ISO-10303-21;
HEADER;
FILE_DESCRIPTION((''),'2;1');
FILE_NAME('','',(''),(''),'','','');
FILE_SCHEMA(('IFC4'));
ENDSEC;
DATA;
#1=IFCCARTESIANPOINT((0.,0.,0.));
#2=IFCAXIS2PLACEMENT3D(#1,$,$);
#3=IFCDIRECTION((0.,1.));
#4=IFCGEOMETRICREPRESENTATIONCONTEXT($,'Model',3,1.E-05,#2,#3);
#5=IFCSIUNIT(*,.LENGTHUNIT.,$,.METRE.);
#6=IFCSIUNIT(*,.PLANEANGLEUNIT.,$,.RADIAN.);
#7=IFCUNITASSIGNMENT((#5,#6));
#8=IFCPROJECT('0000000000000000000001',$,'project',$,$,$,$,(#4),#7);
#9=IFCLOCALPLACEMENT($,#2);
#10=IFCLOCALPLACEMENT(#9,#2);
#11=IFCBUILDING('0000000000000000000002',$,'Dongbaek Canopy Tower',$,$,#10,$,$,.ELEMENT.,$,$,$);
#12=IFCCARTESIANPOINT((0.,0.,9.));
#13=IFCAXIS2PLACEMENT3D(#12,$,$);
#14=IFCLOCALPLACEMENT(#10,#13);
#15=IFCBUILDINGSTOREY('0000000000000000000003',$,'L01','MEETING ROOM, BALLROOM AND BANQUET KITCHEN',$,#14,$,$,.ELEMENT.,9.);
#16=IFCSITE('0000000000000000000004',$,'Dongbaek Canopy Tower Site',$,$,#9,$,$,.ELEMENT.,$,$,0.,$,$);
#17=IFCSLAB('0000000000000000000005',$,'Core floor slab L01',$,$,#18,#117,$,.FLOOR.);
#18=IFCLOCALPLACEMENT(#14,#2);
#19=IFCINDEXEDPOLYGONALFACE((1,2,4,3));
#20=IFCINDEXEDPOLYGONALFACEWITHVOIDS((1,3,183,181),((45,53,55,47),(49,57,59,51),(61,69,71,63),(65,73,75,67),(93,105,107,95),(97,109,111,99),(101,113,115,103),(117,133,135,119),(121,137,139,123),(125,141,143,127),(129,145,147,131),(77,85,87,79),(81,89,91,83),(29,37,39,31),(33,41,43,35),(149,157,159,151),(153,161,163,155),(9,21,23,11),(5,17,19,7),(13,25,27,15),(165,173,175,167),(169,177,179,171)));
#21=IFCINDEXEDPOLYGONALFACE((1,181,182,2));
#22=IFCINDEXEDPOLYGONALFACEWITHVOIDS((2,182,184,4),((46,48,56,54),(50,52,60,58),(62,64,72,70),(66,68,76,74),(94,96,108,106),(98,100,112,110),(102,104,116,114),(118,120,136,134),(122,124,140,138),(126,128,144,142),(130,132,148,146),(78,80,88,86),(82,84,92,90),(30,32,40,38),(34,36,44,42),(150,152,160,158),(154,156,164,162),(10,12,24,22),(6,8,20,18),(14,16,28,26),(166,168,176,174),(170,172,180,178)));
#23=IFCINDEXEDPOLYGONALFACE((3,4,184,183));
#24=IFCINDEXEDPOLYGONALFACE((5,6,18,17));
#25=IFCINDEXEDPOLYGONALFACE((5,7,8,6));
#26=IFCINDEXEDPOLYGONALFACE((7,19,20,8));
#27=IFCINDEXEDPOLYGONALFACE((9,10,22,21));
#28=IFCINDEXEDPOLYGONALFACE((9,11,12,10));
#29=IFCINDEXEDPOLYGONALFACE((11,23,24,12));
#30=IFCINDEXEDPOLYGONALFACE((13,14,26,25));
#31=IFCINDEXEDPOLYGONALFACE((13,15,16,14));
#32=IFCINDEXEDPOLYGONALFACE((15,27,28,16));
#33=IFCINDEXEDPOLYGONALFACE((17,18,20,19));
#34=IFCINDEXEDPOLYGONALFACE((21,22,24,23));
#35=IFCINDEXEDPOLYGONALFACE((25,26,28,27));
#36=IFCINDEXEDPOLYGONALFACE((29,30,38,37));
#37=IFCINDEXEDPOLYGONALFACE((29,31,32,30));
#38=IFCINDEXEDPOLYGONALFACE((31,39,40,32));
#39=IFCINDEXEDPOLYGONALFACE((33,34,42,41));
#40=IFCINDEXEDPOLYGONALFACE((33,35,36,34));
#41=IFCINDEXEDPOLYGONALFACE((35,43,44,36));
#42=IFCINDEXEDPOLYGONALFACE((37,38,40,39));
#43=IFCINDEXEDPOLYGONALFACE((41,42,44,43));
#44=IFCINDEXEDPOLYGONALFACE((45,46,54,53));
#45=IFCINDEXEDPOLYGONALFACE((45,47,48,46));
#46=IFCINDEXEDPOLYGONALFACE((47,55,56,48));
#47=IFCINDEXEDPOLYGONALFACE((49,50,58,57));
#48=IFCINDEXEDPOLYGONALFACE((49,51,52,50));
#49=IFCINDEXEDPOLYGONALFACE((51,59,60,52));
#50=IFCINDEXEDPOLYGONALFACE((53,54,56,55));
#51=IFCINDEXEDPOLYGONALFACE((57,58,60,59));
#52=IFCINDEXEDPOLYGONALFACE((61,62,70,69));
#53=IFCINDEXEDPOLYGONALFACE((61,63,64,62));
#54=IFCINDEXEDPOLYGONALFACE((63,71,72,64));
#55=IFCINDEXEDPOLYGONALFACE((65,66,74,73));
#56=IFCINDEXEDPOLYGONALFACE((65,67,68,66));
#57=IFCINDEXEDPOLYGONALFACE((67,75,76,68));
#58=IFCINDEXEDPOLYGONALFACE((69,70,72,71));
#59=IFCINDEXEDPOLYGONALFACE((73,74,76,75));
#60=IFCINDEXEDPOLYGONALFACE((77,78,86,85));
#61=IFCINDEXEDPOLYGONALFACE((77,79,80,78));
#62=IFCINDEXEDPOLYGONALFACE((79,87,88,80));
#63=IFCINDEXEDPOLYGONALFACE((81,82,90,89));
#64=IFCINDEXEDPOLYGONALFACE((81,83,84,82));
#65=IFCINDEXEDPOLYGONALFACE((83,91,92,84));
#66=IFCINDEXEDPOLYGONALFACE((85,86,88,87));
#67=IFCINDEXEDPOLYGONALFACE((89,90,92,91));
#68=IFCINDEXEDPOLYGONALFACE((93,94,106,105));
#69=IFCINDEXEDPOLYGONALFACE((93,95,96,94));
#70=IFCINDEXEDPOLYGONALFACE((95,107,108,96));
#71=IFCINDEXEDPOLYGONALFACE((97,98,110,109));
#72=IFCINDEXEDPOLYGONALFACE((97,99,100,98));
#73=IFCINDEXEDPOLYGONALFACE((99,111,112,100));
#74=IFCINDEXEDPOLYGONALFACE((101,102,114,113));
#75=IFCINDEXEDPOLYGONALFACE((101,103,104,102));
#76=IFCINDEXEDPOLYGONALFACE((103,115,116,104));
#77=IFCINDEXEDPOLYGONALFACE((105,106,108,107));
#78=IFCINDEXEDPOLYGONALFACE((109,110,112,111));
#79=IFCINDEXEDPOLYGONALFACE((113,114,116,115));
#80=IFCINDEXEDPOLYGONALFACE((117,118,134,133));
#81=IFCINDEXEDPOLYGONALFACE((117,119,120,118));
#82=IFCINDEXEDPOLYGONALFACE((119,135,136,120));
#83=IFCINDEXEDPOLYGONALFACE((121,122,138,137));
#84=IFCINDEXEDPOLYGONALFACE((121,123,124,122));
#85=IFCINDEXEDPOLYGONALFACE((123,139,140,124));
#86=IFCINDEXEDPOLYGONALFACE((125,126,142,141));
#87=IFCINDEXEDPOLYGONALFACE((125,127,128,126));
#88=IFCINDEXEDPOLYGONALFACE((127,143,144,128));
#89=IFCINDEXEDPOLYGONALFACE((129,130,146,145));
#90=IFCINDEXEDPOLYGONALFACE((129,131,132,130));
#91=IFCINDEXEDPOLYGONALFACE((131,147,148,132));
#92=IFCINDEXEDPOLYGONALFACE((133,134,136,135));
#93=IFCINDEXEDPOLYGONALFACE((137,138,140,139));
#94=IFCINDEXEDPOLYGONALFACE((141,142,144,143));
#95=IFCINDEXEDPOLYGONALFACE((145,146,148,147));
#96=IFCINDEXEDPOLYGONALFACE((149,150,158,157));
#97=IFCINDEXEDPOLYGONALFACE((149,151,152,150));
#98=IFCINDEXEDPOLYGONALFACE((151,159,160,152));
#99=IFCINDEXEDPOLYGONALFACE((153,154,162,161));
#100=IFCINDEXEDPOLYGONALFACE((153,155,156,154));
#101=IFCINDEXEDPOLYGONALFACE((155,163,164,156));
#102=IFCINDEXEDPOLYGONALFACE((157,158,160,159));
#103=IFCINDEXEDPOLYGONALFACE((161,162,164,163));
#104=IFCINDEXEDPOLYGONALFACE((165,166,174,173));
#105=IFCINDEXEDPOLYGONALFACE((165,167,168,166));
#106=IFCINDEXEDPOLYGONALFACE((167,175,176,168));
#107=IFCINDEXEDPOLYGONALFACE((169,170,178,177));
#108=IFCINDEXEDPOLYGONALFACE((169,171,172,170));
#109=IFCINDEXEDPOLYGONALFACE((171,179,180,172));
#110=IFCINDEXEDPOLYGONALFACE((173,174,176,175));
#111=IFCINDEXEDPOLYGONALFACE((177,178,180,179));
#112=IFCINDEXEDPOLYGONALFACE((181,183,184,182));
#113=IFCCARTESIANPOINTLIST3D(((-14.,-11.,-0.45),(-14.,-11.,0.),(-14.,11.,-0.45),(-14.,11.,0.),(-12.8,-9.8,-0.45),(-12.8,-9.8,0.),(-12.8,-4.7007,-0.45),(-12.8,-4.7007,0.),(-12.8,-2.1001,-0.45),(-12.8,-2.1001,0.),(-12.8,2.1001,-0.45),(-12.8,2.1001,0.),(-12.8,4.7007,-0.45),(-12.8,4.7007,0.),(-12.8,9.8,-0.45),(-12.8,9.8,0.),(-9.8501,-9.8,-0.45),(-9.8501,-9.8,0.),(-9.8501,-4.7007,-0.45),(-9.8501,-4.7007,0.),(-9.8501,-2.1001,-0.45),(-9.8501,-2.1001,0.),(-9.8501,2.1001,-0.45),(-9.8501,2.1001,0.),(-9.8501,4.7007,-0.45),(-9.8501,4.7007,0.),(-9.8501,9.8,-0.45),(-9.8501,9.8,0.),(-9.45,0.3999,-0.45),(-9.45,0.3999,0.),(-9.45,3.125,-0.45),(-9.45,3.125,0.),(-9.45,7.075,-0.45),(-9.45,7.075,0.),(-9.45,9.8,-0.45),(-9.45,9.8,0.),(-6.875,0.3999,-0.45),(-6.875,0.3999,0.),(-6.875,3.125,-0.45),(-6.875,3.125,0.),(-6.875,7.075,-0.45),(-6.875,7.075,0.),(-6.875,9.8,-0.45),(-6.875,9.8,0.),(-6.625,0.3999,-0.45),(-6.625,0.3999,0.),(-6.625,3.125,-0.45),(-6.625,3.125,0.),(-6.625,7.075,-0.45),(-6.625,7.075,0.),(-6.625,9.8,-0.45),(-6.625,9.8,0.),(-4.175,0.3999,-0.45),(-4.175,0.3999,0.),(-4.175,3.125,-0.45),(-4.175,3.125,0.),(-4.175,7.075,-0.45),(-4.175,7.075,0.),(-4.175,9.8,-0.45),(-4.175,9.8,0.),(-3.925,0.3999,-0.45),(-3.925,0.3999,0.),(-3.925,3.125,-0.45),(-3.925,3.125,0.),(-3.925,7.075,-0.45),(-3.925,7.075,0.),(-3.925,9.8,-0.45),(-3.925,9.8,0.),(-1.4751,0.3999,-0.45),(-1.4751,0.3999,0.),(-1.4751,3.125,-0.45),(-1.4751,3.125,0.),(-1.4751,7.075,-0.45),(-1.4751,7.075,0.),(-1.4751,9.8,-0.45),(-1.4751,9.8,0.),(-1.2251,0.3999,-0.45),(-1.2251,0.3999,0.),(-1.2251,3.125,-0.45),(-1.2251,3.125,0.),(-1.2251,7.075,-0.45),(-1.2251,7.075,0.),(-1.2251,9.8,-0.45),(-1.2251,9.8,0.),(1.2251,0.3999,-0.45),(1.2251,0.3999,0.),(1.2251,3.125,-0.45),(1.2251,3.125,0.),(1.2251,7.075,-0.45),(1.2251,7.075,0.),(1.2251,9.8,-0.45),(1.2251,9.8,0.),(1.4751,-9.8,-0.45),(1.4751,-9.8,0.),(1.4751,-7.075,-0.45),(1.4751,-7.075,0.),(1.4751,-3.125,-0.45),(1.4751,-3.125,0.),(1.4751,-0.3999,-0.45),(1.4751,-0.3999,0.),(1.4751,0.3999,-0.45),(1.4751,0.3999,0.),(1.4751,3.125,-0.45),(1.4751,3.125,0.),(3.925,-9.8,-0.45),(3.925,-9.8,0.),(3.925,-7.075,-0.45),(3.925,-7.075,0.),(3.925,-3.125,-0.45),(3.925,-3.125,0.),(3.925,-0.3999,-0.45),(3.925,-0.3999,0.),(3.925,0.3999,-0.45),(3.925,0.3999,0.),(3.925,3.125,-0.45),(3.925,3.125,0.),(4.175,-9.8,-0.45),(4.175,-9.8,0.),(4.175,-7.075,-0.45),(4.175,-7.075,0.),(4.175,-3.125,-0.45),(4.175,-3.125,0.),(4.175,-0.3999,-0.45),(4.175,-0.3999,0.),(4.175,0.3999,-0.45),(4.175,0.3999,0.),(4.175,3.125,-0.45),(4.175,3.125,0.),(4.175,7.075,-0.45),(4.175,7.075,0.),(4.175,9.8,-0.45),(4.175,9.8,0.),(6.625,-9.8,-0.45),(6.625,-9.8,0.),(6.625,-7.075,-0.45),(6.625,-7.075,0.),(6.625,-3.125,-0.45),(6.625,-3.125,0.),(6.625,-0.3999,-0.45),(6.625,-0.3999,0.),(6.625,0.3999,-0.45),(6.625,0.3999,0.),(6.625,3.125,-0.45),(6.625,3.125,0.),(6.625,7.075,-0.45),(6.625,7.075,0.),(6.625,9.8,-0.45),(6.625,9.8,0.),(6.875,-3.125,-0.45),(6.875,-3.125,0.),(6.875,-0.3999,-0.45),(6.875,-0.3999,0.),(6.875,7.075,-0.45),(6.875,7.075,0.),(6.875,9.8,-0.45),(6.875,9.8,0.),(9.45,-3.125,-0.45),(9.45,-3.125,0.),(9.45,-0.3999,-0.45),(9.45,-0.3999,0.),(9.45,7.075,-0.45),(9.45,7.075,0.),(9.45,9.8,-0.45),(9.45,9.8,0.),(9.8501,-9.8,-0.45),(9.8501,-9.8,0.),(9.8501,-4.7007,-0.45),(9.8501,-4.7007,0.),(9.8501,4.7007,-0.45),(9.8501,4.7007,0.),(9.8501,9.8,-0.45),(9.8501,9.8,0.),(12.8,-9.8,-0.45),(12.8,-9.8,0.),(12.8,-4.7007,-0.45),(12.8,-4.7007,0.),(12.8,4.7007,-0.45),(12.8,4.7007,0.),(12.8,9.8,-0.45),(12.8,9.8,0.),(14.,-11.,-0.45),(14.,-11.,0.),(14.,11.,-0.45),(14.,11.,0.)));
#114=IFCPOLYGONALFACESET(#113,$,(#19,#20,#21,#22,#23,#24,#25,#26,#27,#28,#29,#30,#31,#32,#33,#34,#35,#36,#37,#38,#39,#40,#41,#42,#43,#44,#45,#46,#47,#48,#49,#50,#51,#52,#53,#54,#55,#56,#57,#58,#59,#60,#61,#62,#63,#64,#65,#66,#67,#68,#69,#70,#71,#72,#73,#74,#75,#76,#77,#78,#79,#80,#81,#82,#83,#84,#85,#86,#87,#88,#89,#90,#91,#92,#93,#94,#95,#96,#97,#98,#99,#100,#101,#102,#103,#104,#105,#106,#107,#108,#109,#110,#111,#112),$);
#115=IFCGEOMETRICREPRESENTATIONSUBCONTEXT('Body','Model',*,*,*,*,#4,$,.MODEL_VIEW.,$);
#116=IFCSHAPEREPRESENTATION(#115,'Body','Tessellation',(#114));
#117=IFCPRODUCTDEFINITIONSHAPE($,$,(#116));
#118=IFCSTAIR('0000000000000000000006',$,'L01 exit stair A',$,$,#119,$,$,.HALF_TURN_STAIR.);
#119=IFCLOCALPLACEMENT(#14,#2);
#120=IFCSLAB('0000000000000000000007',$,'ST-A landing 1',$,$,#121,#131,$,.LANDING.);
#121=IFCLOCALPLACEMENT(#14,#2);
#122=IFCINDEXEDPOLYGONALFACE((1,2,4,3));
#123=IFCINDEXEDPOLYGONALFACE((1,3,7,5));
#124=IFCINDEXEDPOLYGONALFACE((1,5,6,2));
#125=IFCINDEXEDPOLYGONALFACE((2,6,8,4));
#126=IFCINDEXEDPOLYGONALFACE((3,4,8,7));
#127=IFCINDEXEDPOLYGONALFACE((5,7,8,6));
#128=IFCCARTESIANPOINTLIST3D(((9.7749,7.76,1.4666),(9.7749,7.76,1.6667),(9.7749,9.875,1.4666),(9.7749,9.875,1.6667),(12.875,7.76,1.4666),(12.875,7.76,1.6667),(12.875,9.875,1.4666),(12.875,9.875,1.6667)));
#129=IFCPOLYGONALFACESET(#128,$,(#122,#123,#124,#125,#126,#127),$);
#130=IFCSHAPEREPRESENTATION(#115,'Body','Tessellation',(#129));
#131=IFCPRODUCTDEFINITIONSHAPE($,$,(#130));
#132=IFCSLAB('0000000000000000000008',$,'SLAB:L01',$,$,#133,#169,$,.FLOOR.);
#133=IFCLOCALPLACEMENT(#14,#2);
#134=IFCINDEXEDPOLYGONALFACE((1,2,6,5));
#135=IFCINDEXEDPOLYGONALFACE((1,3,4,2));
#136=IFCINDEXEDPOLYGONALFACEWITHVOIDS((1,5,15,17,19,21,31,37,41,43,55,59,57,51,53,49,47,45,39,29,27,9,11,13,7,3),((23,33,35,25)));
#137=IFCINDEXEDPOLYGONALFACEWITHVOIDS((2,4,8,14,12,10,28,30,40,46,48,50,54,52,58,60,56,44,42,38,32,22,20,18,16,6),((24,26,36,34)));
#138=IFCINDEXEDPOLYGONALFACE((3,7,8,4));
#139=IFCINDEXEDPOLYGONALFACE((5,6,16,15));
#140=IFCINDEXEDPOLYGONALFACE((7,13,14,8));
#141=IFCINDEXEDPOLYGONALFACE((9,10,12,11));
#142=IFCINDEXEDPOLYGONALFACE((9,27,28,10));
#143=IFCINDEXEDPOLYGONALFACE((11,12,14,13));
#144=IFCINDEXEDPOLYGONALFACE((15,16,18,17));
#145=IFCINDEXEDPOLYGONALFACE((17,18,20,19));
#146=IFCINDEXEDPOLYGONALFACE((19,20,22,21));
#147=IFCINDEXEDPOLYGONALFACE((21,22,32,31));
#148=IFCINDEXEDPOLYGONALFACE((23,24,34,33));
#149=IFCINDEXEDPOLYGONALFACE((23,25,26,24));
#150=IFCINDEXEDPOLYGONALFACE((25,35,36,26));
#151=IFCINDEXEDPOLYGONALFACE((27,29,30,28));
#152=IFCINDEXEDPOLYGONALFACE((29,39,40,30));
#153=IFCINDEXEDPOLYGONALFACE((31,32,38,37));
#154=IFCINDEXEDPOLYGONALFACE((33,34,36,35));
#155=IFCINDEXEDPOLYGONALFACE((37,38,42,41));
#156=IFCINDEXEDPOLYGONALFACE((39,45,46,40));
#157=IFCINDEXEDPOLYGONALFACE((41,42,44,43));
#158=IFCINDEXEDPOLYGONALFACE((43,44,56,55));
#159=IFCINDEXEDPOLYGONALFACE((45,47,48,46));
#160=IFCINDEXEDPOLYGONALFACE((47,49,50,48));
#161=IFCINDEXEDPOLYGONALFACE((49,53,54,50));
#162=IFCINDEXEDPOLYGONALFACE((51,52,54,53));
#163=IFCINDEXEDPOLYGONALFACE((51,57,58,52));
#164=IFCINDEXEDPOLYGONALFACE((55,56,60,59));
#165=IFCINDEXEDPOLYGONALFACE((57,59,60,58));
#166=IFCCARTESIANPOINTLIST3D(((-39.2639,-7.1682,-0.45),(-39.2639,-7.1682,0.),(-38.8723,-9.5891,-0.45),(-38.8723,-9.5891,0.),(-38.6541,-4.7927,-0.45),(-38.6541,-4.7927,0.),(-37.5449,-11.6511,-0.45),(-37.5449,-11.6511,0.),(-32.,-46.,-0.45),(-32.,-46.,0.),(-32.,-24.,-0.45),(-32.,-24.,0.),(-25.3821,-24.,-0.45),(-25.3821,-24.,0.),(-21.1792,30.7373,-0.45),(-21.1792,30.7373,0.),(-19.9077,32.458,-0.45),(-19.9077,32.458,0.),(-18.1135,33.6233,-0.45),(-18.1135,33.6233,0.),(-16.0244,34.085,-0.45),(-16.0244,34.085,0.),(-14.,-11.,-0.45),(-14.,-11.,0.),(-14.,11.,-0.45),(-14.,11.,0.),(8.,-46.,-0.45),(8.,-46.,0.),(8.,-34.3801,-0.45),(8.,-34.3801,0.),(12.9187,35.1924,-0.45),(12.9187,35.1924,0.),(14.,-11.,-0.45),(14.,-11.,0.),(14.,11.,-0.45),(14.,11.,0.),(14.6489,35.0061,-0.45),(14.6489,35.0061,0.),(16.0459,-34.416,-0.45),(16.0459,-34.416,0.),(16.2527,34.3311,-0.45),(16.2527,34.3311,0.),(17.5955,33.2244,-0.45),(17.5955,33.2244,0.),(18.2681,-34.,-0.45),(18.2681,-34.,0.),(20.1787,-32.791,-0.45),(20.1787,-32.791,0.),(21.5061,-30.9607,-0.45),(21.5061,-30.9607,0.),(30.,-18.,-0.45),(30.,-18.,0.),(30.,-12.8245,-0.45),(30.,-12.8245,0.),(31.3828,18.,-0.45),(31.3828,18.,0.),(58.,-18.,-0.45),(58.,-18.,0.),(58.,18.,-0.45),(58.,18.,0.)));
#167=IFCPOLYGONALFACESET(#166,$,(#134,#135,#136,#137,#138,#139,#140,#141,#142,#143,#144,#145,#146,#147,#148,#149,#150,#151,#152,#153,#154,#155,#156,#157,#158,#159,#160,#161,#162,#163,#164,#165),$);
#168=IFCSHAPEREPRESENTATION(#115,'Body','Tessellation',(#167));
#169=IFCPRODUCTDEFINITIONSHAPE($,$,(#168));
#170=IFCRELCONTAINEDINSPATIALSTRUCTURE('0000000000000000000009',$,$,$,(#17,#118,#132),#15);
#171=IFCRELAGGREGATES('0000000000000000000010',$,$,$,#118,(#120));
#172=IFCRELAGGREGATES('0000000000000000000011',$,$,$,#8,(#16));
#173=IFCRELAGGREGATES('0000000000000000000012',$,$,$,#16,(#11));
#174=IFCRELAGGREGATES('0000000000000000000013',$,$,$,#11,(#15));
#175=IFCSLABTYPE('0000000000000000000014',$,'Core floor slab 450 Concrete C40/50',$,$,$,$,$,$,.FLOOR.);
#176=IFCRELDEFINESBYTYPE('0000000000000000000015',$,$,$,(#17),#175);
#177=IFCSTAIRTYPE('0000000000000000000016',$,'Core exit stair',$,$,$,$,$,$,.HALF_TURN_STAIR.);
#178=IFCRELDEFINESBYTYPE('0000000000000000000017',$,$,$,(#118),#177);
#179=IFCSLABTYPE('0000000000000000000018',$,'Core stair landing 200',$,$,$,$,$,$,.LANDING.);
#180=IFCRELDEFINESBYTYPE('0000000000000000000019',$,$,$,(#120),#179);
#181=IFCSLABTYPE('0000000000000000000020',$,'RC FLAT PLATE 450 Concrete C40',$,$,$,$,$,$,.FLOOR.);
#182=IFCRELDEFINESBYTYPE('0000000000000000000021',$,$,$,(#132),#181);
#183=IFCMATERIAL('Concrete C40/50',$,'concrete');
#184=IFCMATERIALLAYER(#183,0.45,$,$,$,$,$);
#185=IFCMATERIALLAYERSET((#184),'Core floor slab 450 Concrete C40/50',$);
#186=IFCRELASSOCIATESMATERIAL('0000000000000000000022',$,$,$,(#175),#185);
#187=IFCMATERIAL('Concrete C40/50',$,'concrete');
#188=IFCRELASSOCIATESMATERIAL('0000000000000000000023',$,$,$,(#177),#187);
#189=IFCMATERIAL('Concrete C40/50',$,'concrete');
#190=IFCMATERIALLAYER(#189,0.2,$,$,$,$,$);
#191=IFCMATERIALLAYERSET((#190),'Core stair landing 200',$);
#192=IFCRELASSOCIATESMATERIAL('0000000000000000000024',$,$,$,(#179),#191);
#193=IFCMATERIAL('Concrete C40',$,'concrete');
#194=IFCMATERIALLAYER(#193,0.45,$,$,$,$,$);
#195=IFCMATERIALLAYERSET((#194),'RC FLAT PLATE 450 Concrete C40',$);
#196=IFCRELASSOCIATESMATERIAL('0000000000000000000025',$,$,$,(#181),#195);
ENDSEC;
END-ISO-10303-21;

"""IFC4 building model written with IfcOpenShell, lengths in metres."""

from ifc_helpers import new_model, si_unit, direction, frame, origin, place, context, subcontext, project, spatial, polyline, outline, extrude, material, layer, layer_set, type_object, element, aggregate, save


model = new_model("IFC4")

# Units and contexts
model_context = context("Model", 3, precision=1e-05, world=origin(), true_north=direction((0.0, 1.0)))
body_context = subcontext(model_context, "Body", "Model", "MODEL_VIEW")
ifc_project = project(units=[si_unit("LENGTHUNIT", "METRE"), si_unit("PLANEANGLEUNIT", "RADIAN")], contexts=[model_context])

# Site, building, storey
site_placement = place(None, origin())
site = spatial("IfcSite", under=ifc_project, at=site_placement, Name="Dongbaek Canopy Tower Site", CompositionType="ELEMENT", RefElevation=0.0)
building_placement = place(site_placement, origin())
building = spatial("IfcBuilding", under=site, at=building_placement, Name="Dongbaek Canopy Tower", CompositionType="ELEMENT")
storey_placement = place(building_placement, frame((0.0, 0.0, 9.0)))
storey = spatial("IfcBuildingStorey", under=building, at=storey_placement, Name="L01", Description="MEETING ROOM, BALLROOM AND BANQUET KITCHEN", CompositionType="ELEMENT", Elevation=9.0)

# Slab
ifc_material_1 = material(Name="Concrete C40/50", Category="concrete")
ifc_layer_1 = layer(ifc_material_1, 0.45)
ifc_layer_set_1 = layer_set([ifc_layer_1], Name="Core floor slab 450 Concrete C40/50")
slab_type_1 = type_object("IfcSlabType", Name="Core floor slab 450 Concrete C40/50", PredefinedType="FLOOR", material=ifc_layer_set_1)
slab_1_placement = place(storey_placement, frame((0.0, 0.0, -0.45)))
element("IfcSlab", 1, at=slab_1_placement, inside=storey, type_object=slab_type_1, Name="Core floor slab L01", PredefinedType="FLOOR", context=body_context, shape_type="SweptSolid", body=[
    extrude(outline(polyline([(14.0, -11.0), (14.0, 11.0), (-14.0, 11.0), (-14.0, -11.0), (14.0, -11.0)]), holes=[polyline([(-12.8, 2.1001), (-9.8501, 2.1001), (-9.8501, -2.1001), (-12.8, -2.1001), (-12.8, 2.1001)]), polyline([(-6.875, 9.8), (-6.875, 7.075), (-9.45, 7.075), (-9.45, 9.8), (-6.875, 9.8)]), polyline([(-4.175, 9.8), (-4.175, 7.075), (-6.625, 7.075), (-6.625, 9.8), (-4.175, 9.8)]), polyline([(-1.4751, 9.8), (-1.4751, 7.075), (-3.925, 7.075), (-3.925, 9.8), (-1.4751, 9.8)]), polyline([(1.2251, 9.8), (1.2251, 7.075), (-1.2251, 7.075), (-1.2251, 9.8), (1.2251, 9.8)]), polyline([(6.625, 9.8), (6.625, 7.075), (4.175, 7.075), (4.175, 9.8), (6.625, 9.8)]), polyline([(9.45, 7.075), (6.875, 7.075), (6.875, 9.8), (9.45, 9.8), (9.45, 7.075)]), polyline([(-9.45, 3.125), (-6.875, 3.125), (-6.875, 0.3999), (-9.45, 0.3999), (-9.45, 3.125)]), polyline([(-6.625, 3.125), (-4.175, 3.125), (-4.175, 0.3999), (-6.625, 0.3999), (-6.625, 3.125)]), polyline([(-3.925, 3.125), (-1.4751, 3.125), (-1.4751, 0.3999), (-3.925, 0.3999), (-3.925, 3.125)]), polyline([(-1.2251, 3.125), (1.2251, 3.125), (1.2251, 0.3999), (-1.2251, 0.3999), (-1.2251, 3.125)]), polyline([(3.925, 3.125), (3.925, 0.3999), (1.4751, 0.3999), (1.4751, 3.125), (3.925, 3.125)]), polyline([(4.175, 3.125), (6.625, 3.125), (6.625, 0.3999), (4.175, 0.3999), (4.175, 3.125)]), polyline([(1.4751, -0.3999), (3.925, -0.3999), (3.925, -3.125), (1.4751, -3.125), (1.4751, -0.3999)]), polyline([(4.175, -3.125), (4.175, -0.3999), (6.625, -0.3999), (6.625, -3.125), (4.175, -3.125)]), polyline([(9.45, -3.125), (6.875, -3.125), (6.875, -0.3999), (9.45, -0.3999), (9.45, -3.125)]), polyline([(1.4751, -9.8), (1.4751, -7.075), (3.925, -7.075), (3.925, -9.8), (1.4751, -9.8)]), polyline([(4.175, -9.8), (4.175, -7.075), (6.625, -7.075), (6.625, -9.8), (4.175, -9.8)]), polyline([(12.8, 4.7007), (12.8, 9.8), (9.8501, 9.8), (9.8501, 4.7007), (12.8, 4.7007)]), polyline([(-9.8501, 4.7007), (-9.8501, 9.8), (-12.8, 9.8), (-12.8, 4.7007), (-9.8501, 4.7007)]), polyline([(9.8501, -4.7007), (9.8501, -9.8), (12.8, -9.8), (12.8, -4.7007), (9.8501, -4.7007)]), polyline([(-12.8, -4.7007), (-12.8, -9.8), (-9.8501, -9.8), (-9.8501, -4.7007), (-12.8, -4.7007)])]), origin(), (0.0, 0.0, 1.0), 0.45),
])

# Stair, slab
ifc_material_2 = material(Name="Concrete C40/50", Category="concrete")
stair_type = type_object("IfcStairType", Name="Core exit stair", PredefinedType="HALF_TURN_STAIR", material=ifc_material_2)
stair_placement = place(storey_placement, origin())
stair = element("IfcStair", 2, at=stair_placement, inside=storey, type_object=stair_type, Name="L01 exit stair A", PredefinedType="HALF_TURN_STAIR")
ifc_material_3 = material(Name="Concrete C40/50", Category="concrete")
ifc_layer_2 = layer(ifc_material_3, 0.2)
ifc_layer_set_2 = layer_set([ifc_layer_2], Name="Core stair landing 200")
slab_type_2 = type_object("IfcSlabType", Name="Core stair landing 200", PredefinedType="LANDING", material=ifc_layer_set_2)
slab_2_placement = place(storey_placement, frame((0.0, 0.0, 1.4666)))
slab_2 = element("IfcSlab", 3, at=slab_2_placement, type_object=slab_type_2, Name="ST-A landing 1", PredefinedType="LANDING", context=body_context, shape_type="SweptSolid", body=[
    extrude(outline(polyline([(12.875, 7.76), (12.875, 9.875), (9.7749, 9.875), (9.7749, 7.76), (12.875, 7.76)])), origin(), (0.0, 0.0, 1.0), 0.2002),
])
aggregate(stair, [slab_2])

# Slab
ifc_material_4 = material(Name="Concrete C40", Category="concrete")
ifc_layer_3 = layer(ifc_material_4, 0.45)
ifc_layer_set_3 = layer_set([ifc_layer_3], Name="RC FLAT PLATE 450 Concrete C40")
slab_type_3 = type_object("IfcSlabType", Name="RC FLAT PLATE 450 Concrete C40", PredefinedType="FLOOR", material=ifc_layer_set_3)
slab_3_placement = place(storey_placement, frame((0.0, 0.0, -0.45)))
element("IfcSlab", 4, at=slab_3_placement, inside=storey, type_object=slab_type_3, Name="SLAB:L01", PredefinedType="FLOOR", context=body_context, shape_type="SweptSolid", body=[
    extrude(outline(polyline([(8.0, -46.0), (-32.0, -46.0), (-32.0, -24.0), (-25.3821, -24.0), (-37.5449, -11.6511), (-38.8723, -9.5891), (-39.2639, -7.1682), (-38.6541, -4.7927), (-21.1792, 30.7373), (-19.9077, 32.458), (-18.1135, 33.6233), (-16.0244, 34.085), (12.9187, 35.1924), (14.6489, 35.0061), (16.2527, 34.3311), (17.5955, 33.2244), (31.3828, 18.0), (58.0, 18.0), (58.0, -18.0), (30.0, -18.0), (30.0, -12.8245), (21.5061, -30.9607), (20.1787, -32.791), (18.2681, -34.0), (16.0459, -34.416), (8.0, -34.3801), (8.0, -46.0)]), holes=[polyline([(14.0, 11.0), (-14.0, 11.0), (-14.0, -11.0), (14.0, -11.0), (14.0, 11.0)])]), origin(), (0.0, 0.0, 1.0), 0.45),
])

save(model, "model.ifc")
